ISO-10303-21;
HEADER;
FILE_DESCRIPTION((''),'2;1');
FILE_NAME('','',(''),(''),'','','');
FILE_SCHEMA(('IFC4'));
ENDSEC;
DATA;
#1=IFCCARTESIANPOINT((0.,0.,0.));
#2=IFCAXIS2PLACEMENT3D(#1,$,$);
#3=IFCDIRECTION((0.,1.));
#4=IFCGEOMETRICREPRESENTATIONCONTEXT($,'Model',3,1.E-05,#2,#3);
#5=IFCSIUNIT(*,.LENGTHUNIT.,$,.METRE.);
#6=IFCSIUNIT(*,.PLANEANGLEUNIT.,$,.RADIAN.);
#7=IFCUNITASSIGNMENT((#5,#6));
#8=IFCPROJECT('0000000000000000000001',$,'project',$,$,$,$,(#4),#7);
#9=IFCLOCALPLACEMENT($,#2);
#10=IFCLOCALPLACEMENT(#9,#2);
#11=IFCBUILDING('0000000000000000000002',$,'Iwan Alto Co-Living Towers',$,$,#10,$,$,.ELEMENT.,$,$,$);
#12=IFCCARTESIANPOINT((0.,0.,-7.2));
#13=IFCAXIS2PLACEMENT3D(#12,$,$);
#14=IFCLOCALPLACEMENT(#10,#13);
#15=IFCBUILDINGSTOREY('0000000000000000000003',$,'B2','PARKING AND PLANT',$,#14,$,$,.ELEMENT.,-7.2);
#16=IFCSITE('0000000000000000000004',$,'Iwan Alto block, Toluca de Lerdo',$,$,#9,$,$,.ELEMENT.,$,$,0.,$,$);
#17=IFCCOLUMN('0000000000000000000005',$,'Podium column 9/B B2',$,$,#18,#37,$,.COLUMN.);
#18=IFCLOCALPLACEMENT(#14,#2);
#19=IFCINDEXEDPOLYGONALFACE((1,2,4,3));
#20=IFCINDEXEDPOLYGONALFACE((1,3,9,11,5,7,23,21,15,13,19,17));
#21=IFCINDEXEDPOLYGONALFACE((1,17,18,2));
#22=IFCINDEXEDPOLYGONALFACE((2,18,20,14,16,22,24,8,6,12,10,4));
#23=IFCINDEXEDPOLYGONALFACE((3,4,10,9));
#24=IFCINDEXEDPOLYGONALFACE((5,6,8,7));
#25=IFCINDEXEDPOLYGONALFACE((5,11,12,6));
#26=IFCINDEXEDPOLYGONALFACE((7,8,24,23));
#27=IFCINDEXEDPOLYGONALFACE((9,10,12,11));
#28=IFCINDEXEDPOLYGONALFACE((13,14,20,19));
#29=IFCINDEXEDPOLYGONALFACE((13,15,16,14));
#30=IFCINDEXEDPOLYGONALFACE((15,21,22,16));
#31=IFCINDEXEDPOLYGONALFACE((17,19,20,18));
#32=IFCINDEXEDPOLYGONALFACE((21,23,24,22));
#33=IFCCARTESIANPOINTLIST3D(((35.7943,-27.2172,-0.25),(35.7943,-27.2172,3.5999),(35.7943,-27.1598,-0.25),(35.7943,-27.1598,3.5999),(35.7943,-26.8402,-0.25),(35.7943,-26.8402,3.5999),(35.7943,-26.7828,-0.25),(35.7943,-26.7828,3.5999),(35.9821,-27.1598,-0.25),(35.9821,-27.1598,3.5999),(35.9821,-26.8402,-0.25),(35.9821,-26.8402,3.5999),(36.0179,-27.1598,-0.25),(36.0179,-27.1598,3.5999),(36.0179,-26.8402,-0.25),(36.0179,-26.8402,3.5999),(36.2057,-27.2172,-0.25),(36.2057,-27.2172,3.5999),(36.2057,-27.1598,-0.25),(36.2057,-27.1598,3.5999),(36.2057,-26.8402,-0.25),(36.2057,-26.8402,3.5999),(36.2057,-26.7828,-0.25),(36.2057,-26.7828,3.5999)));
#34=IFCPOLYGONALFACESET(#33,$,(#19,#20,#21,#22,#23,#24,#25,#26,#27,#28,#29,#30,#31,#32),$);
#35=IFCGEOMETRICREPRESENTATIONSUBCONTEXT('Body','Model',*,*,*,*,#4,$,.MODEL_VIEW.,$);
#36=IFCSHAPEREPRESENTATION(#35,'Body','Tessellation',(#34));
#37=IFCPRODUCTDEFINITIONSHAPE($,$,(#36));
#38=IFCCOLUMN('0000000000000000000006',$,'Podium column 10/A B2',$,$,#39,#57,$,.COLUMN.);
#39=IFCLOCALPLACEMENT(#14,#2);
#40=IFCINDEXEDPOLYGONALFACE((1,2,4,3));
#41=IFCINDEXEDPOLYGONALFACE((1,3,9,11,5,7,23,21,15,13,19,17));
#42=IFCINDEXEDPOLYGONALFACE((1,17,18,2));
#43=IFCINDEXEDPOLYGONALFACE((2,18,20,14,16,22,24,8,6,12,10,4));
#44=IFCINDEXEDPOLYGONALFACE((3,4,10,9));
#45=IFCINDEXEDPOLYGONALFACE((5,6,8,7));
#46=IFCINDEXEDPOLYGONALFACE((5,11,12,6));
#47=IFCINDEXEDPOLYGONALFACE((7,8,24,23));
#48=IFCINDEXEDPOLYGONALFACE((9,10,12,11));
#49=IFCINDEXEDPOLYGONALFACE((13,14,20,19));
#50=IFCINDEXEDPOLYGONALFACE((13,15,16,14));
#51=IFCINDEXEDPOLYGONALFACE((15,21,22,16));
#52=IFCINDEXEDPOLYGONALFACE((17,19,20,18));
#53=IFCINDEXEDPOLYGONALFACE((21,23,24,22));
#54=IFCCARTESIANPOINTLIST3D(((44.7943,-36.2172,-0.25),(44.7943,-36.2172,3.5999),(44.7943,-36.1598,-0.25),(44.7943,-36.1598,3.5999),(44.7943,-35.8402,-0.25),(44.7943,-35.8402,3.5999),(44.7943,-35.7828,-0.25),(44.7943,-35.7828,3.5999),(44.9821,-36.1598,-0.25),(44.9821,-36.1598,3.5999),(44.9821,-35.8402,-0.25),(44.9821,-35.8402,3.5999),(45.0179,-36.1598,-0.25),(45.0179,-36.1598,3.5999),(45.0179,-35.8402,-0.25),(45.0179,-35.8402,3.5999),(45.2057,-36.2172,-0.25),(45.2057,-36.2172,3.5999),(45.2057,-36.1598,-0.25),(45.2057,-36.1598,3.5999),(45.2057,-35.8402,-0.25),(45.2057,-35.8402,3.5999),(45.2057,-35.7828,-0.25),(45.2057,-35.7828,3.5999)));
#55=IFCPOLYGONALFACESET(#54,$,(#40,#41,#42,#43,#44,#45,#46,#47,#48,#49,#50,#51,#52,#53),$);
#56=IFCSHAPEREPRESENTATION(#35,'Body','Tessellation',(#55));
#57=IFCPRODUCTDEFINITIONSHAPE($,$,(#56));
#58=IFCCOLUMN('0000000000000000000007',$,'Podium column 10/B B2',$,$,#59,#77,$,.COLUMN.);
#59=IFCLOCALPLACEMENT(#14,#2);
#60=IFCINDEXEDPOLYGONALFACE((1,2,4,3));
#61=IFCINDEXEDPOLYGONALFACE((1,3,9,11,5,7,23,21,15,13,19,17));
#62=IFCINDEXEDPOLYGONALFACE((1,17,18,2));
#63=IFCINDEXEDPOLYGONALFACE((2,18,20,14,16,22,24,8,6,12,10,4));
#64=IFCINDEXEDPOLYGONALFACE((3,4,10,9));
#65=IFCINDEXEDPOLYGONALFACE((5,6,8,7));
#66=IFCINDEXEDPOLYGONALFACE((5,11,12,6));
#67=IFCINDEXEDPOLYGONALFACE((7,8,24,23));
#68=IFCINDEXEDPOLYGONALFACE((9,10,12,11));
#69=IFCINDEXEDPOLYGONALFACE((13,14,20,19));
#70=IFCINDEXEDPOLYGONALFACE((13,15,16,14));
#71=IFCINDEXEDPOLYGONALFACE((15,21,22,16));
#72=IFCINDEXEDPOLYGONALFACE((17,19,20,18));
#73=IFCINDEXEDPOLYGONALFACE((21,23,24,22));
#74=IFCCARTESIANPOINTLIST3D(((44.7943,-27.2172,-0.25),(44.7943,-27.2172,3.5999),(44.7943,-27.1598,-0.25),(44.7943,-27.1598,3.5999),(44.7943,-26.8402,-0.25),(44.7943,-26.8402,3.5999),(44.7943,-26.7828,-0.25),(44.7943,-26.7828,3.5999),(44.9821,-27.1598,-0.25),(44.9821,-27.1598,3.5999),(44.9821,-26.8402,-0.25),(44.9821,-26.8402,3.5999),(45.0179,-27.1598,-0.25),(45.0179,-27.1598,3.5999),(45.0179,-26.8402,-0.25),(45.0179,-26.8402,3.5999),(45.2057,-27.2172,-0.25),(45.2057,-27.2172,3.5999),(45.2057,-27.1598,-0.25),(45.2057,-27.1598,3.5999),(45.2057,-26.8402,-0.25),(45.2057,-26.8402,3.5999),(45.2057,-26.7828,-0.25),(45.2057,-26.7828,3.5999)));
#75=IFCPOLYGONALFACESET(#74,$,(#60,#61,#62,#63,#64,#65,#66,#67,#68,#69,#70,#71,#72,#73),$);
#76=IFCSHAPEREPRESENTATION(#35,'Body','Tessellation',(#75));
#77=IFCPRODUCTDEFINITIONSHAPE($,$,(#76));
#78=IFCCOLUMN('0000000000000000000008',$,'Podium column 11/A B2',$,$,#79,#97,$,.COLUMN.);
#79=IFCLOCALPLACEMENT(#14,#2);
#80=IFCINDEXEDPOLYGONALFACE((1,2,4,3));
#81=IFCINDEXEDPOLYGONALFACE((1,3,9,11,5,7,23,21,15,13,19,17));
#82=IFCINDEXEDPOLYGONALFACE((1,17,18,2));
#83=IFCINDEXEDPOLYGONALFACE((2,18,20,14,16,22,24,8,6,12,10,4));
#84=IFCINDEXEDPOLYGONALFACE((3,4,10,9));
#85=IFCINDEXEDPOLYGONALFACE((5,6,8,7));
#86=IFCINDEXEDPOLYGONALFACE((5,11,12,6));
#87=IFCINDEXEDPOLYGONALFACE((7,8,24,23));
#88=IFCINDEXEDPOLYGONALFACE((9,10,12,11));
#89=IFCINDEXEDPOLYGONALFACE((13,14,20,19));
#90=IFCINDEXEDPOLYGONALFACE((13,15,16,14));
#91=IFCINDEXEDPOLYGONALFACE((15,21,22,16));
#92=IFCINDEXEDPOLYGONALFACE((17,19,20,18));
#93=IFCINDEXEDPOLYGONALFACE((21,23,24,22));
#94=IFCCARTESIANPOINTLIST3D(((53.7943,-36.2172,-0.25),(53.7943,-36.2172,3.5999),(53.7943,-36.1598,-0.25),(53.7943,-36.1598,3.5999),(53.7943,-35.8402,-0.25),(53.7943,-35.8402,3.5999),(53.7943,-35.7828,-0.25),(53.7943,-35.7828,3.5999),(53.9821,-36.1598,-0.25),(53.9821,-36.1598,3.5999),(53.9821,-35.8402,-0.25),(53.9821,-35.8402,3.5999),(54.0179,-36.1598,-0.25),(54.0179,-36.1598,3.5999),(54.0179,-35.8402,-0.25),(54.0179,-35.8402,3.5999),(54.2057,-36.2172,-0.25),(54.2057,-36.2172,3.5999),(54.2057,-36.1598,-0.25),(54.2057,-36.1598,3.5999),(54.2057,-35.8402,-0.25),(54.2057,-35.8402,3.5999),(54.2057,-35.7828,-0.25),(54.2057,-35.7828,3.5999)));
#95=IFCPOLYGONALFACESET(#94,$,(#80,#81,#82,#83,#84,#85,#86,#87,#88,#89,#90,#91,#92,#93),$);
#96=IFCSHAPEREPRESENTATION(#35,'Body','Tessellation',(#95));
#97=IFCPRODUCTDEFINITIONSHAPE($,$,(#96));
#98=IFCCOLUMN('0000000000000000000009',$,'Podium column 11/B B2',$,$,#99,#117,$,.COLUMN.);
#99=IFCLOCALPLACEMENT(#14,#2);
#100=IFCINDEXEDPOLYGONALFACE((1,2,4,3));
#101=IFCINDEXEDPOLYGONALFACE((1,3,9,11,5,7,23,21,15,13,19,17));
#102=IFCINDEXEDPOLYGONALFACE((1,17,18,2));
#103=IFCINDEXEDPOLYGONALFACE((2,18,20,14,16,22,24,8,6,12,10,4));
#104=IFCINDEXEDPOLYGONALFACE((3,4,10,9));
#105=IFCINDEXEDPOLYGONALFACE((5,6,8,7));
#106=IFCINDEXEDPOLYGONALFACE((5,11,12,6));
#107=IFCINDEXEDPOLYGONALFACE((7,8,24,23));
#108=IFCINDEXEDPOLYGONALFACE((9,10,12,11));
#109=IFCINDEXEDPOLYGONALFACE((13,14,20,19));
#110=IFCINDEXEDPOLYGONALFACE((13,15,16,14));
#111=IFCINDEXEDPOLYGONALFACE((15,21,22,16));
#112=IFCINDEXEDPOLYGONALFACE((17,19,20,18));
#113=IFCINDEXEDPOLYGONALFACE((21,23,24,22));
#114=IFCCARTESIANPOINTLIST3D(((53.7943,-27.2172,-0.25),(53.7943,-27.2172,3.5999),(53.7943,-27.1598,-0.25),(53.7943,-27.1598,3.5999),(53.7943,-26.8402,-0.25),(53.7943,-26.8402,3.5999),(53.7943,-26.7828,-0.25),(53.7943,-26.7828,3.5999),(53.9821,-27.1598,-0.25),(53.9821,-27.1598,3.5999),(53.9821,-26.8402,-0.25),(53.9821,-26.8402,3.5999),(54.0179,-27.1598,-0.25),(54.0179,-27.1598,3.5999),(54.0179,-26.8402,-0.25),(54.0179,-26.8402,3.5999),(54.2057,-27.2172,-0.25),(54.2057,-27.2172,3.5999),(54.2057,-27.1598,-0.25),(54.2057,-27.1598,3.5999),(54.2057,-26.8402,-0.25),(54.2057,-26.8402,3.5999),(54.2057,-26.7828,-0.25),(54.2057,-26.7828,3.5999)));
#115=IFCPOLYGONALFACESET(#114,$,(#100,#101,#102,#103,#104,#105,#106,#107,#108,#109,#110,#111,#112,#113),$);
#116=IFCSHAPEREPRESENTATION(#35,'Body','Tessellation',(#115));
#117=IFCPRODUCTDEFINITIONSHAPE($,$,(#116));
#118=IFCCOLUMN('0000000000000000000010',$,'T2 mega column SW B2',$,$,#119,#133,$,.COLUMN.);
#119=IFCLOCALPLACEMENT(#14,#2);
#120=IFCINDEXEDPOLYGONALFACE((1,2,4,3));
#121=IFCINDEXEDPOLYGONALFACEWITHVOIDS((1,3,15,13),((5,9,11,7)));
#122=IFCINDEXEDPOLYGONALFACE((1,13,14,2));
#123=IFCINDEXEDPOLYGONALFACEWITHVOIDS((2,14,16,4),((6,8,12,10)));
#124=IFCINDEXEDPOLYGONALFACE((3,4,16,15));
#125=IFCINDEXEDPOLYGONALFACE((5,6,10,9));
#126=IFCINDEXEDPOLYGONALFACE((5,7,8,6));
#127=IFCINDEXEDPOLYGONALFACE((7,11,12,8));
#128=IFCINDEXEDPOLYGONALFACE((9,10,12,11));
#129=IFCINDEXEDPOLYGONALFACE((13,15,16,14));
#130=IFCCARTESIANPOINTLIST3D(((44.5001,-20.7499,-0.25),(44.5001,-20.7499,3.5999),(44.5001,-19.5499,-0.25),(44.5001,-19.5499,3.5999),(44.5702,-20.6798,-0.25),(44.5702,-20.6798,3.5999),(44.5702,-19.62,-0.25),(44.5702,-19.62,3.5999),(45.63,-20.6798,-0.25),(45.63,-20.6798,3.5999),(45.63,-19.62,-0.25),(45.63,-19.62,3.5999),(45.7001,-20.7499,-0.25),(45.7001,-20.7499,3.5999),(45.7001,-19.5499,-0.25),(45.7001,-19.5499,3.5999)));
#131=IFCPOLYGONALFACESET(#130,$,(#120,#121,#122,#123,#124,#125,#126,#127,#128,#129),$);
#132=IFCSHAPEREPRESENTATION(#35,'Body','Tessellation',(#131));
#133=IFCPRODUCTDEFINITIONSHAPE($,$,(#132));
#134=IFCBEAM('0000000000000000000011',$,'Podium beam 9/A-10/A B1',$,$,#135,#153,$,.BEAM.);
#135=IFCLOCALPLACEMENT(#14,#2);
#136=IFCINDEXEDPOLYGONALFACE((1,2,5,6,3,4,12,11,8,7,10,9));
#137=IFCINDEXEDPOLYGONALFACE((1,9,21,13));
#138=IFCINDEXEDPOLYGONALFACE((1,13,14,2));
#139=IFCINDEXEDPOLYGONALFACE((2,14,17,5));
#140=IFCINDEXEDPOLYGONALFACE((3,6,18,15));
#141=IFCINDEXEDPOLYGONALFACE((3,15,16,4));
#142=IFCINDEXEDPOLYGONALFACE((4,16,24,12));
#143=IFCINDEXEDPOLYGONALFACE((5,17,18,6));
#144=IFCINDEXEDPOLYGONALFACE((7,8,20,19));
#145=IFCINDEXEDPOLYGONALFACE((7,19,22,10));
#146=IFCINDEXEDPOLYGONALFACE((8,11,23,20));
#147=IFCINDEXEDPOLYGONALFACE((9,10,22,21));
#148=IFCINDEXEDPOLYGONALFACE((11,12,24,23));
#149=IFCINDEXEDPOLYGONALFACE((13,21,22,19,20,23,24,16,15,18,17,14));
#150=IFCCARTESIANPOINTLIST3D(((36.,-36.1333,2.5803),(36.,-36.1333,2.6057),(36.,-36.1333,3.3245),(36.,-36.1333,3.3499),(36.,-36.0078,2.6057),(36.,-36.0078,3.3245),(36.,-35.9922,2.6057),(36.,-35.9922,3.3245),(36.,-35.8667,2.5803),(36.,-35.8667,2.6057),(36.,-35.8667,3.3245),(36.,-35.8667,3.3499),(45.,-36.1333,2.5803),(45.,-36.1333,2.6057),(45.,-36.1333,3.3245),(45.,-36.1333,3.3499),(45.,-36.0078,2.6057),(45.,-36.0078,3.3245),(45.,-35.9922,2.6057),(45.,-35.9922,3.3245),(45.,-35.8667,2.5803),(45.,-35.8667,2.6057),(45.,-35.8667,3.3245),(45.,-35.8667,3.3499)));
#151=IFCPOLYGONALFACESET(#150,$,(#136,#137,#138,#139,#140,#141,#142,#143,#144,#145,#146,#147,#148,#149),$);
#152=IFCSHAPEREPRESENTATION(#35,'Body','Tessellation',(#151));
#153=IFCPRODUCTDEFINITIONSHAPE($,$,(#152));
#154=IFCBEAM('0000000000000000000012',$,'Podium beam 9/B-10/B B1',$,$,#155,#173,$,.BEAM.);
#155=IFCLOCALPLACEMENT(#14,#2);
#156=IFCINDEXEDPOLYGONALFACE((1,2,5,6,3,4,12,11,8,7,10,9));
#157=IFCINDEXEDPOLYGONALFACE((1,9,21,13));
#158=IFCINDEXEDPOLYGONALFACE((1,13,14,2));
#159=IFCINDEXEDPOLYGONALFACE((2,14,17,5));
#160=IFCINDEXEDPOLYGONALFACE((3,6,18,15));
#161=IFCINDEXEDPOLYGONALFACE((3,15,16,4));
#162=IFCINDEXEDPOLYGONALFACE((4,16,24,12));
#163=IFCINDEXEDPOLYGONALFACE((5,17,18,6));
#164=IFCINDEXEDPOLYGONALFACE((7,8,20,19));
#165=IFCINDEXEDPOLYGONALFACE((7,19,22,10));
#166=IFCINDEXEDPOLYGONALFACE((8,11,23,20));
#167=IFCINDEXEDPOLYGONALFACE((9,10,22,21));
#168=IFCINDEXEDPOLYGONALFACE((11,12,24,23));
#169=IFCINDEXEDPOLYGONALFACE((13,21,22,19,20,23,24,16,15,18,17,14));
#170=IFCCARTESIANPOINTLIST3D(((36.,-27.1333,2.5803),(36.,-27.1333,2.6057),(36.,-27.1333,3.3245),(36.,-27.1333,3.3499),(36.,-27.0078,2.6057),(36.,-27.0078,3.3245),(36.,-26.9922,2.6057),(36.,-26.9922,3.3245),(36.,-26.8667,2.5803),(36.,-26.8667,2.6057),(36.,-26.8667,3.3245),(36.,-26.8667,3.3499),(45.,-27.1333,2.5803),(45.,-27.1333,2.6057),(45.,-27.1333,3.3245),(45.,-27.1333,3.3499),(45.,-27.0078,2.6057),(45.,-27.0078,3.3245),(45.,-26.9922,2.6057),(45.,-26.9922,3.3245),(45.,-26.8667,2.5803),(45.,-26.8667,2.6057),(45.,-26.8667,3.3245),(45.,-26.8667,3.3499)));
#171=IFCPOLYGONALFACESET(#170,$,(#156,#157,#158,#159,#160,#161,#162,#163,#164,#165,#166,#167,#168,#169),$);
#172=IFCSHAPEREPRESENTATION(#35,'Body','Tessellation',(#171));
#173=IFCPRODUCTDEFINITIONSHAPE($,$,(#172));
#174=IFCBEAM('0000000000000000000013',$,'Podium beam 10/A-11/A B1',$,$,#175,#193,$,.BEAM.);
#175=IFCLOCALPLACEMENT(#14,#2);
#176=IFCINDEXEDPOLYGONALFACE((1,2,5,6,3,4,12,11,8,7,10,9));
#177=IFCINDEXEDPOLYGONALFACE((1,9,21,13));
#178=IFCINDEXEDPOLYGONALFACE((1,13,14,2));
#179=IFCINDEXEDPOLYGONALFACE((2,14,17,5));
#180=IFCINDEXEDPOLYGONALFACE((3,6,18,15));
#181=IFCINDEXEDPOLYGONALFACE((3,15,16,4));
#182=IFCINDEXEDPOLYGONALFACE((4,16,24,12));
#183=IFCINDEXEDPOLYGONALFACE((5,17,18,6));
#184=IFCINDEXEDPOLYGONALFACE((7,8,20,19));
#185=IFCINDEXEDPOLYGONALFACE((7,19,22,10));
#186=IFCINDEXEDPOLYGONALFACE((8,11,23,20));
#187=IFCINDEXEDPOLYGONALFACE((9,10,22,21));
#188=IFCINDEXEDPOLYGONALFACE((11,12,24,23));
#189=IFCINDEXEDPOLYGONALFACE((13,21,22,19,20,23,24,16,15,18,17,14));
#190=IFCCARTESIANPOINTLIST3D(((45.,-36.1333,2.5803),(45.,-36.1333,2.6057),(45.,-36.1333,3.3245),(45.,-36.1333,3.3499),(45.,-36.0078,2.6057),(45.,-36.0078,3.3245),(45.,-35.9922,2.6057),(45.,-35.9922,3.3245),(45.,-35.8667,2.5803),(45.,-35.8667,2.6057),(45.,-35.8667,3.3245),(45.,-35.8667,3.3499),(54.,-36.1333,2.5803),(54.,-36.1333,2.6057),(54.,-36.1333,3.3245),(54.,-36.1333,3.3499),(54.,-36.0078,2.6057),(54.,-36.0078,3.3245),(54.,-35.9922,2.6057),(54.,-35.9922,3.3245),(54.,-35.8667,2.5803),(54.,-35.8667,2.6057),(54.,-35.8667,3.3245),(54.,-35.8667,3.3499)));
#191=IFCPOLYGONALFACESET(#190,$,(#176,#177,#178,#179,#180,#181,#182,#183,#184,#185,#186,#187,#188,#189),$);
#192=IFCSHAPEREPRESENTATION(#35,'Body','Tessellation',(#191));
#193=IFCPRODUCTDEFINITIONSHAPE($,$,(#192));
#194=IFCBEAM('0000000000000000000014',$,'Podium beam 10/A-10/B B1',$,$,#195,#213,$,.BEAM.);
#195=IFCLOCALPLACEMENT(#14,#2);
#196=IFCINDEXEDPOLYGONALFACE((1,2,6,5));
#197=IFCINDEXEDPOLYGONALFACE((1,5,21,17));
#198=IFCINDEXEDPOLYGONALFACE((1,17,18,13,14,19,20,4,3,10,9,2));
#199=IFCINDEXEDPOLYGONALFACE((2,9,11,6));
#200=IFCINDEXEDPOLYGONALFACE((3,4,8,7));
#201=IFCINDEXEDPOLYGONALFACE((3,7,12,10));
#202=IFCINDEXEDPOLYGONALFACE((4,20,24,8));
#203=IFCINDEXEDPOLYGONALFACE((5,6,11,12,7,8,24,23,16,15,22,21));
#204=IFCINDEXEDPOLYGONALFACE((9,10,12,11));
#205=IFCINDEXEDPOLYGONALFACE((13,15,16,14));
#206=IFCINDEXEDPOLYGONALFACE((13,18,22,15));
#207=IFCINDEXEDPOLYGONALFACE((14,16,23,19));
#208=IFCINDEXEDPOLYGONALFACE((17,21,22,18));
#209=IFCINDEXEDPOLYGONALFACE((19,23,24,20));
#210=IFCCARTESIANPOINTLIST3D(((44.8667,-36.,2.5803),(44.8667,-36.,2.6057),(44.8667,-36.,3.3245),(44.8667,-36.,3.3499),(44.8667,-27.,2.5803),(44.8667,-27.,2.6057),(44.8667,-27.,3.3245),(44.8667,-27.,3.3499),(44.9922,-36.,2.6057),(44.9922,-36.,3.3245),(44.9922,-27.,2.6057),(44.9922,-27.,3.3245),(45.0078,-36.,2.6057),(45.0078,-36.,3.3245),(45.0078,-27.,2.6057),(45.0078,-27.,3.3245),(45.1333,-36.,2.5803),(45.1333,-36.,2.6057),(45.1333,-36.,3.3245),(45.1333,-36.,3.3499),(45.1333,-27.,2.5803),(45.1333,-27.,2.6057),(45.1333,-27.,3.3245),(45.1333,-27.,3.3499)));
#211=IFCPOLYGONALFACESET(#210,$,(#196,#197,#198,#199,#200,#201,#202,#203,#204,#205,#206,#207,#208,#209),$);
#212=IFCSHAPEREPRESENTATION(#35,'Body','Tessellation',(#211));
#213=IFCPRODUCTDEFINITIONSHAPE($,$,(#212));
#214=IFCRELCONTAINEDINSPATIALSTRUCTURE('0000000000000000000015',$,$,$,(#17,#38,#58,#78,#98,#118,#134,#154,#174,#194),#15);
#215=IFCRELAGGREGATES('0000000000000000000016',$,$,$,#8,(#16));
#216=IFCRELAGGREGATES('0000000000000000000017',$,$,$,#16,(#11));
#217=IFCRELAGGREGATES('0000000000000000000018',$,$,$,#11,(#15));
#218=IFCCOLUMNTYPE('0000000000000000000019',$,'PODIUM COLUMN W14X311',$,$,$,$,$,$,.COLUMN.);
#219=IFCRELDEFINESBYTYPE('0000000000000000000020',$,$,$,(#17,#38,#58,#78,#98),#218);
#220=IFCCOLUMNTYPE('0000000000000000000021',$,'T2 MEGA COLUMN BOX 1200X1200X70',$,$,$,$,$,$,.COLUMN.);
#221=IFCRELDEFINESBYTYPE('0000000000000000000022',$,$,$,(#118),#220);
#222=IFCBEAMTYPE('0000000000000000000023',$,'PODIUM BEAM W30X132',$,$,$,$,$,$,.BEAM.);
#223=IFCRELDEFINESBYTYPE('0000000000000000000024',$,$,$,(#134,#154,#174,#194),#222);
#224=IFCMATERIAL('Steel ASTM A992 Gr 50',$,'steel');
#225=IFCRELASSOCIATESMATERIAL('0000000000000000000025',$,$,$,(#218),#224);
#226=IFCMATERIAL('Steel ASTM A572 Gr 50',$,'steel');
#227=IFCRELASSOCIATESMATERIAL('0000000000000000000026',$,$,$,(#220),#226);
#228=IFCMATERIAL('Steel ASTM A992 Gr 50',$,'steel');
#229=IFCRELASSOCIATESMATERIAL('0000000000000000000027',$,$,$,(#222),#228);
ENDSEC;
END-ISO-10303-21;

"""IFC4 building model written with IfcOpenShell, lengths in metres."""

from ifc_helpers import new_model, si_unit, direction, frame, origin, origin_2d, place, context, subcontext, project, spatial, hollow_rectangle, i_section, extrude, material, material_profile, profile_set, type_object, element, save


model = new_model("IFC4")

# Units and contexts
model_context = context("Model", 3, precision=1e-05, world=origin(), true_north=direction((0.0, 1.0)))
body_context = subcontext(model_context, "Body", "Model", "MODEL_VIEW")
ifc_project = project(units=[si_unit("LENGTHUNIT", "METRE"), si_unit("PLANEANGLEUNIT", "RADIAN")], contexts=[model_context])

# Site, building, storey
site_placement = place(None, origin())
site = spatial("IfcSite", under=ifc_project, at=site_placement, Name="Iwan Alto block, Toluca de Lerdo", CompositionType="ELEMENT", RefElevation=0.0)
building_placement = place(site_placement, origin())
building = spatial("IfcBuilding", under=site, at=building_placement, Name="Iwan Alto Co-Living Towers", CompositionType="ELEMENT")
storey_placement = place(building_placement, frame((0.0, 0.0, -7.2)))
storey = spatial("IfcBuildingStorey", under=building, at=storey_placement, Name="B2", Description="PARKING AND PLANT", CompositionType="ELEMENT", Elevation=-7.2)

# Columns
ifc_material_1 = material(Name="Steel ASTM A992 Gr 50", Category="steel")
ifc_material_profile_1 = material_profile(ifc_material_1, i_section(OverallWidth=0.4114, OverallDepth=0.4343, WebThickness=0.0359, FlangeThickness=0.0574, at=origin_2d()), Name="W14X311")
ifc_profile_set_1 = profile_set([ifc_material_profile_1], Name="Steel ASTM A992 Gr 50")
column_type_1 = type_object("IfcColumnType", Name="PODIUM COLUMN W14X311", PredefinedType="COLUMN", material=ifc_profile_set_1)
for number, where, z_axis, x_axis, name in (
    (1, (36.0, -27.0, -0.25), (0.0, 0.0, 1.0), (1.0, 0.0, 0.0), "Podium column 9/B B2"),
    (2, (45.0, -36.0, -0.25), (0.0, 0.0, 1.0), (1.0, 0.0, 0.0), "Podium column 10/A B2"),
    (3, (45.0, -27.0, -0.25), (0.0, 0.0, 1.0), (1.0, 0.0, 0.0), "Podium column 10/B B2"),
    (4, (54.0, -36.0, -0.25), (0.0, 0.0, 1.0), (1.0, 0.0, 0.0), "Podium column 11/A B2"),
    (5, (54.0, -27.0, -0.25), (0.0, 0.0, 1.0), (1.0, 0.0, 0.0), "Podium column 11/B B2"),
):
    element("IfcColumn", number, at=place(storey_placement, frame(where, z_axis=z_axis, x_axis=x_axis)), inside=storey, type_object=column_type_1, Name=name, PredefinedType="COLUMN", context=body_context, shape_type="SweptSolid", body=[
        extrude(i_section(OverallWidth=0.4114, OverallDepth=0.4343, WebThickness=0.0359, FlangeThickness=0.0574, at=origin_2d()), origin(), (0.0, 0.0, 1.0), 3.8499),
    ])
ifc_material_2 = material(Name="Steel ASTM A572 Gr 50", Category="steel")
ifc_material_profile_2 = material_profile(ifc_material_2, hollow_rectangle(XDim=1.2, YDim=1.2, WallThickness=0.0701, at=origin_2d()), Name="BOX 1200X1200X70")
ifc_profile_set_2 = profile_set([ifc_material_profile_2], Name="Steel ASTM A572 Gr 50")
column_type_2 = type_object("IfcColumnType", Name="T2 MEGA COLUMN BOX 1200X1200X70", PredefinedType="COLUMN", material=ifc_profile_set_2)
column_placement = place(storey_placement, frame((45.1001, -20.1499, -0.25), z_axis=(0.0, 0.0, 1.0), x_axis=(1.0, 0.0, 0.0)))
element("IfcColumn", 6, at=column_placement, inside=storey, type_object=column_type_2, Name="T2 mega column SW B2", PredefinedType="COLUMN", context=body_context, shape_type="SweptSolid", body=[
    extrude(hollow_rectangle(XDim=1.2, YDim=1.2, WallThickness=0.0701, at=origin_2d()), origin(), (0.0, 0.0, 1.0), 3.8499),
])

# Beams
ifc_material_3 = material(Name="Steel ASTM A992 Gr 50", Category="steel")
ifc_material_profile_3 = material_profile(ifc_material_3, i_section(OverallWidth=0.2666, OverallDepth=0.7695, WebThickness=0.0156, FlangeThickness=0.0254, at=origin_2d()), Name="W30X132")
ifc_profile_set_3 = profile_set([ifc_material_profile_3], Name="Steel ASTM A992 Gr 50")
beam_type_1 = type_object("IfcBeamType", Name="PODIUM BEAM W30X132", PredefinedType="BEAM", material=ifc_profile_set_3)
for number, where, z_axis, x_axis, name in (
    (7, (36.0, -36.0, 2.9651), (1.0, 0.0, 0.0), (0.0, 1.0, 0.0), "Podium beam 9/A-10/A B1"),
    (8, (36.0, -27.0, 2.9651), (1.0, 0.0, 0.0), (0.0, 1.0, 0.0), "Podium beam 9/B-10/B B1"),
    (9, (45.0, -36.0, 2.9651), (1.0, 0.0, 0.0), (0.0, 1.0, 0.0), "Podium beam 10/A-11/A B1"),
    (10, (45.0, -36.0, 2.9651), (0.0, 1.0, 0.0), (-1.0, 0.0, 0.0), "Podium beam 10/A-10/B B1"),
):
    element("IfcBeam", number, at=place(storey_placement, frame(where, z_axis=z_axis, x_axis=x_axis)), inside=storey, type_object=beam_type_1, Name=name, PredefinedType="BEAM", context=body_context, shape_type="SweptSolid", body=[
        extrude(i_section(OverallWidth=0.2666, OverallDepth=0.7695, WebThickness=0.0156, FlangeThickness=0.0254, at=origin_2d()), origin(), (0.0, 0.0, 1.0), 9.0),
    ])

save(model, "model.ifc")
